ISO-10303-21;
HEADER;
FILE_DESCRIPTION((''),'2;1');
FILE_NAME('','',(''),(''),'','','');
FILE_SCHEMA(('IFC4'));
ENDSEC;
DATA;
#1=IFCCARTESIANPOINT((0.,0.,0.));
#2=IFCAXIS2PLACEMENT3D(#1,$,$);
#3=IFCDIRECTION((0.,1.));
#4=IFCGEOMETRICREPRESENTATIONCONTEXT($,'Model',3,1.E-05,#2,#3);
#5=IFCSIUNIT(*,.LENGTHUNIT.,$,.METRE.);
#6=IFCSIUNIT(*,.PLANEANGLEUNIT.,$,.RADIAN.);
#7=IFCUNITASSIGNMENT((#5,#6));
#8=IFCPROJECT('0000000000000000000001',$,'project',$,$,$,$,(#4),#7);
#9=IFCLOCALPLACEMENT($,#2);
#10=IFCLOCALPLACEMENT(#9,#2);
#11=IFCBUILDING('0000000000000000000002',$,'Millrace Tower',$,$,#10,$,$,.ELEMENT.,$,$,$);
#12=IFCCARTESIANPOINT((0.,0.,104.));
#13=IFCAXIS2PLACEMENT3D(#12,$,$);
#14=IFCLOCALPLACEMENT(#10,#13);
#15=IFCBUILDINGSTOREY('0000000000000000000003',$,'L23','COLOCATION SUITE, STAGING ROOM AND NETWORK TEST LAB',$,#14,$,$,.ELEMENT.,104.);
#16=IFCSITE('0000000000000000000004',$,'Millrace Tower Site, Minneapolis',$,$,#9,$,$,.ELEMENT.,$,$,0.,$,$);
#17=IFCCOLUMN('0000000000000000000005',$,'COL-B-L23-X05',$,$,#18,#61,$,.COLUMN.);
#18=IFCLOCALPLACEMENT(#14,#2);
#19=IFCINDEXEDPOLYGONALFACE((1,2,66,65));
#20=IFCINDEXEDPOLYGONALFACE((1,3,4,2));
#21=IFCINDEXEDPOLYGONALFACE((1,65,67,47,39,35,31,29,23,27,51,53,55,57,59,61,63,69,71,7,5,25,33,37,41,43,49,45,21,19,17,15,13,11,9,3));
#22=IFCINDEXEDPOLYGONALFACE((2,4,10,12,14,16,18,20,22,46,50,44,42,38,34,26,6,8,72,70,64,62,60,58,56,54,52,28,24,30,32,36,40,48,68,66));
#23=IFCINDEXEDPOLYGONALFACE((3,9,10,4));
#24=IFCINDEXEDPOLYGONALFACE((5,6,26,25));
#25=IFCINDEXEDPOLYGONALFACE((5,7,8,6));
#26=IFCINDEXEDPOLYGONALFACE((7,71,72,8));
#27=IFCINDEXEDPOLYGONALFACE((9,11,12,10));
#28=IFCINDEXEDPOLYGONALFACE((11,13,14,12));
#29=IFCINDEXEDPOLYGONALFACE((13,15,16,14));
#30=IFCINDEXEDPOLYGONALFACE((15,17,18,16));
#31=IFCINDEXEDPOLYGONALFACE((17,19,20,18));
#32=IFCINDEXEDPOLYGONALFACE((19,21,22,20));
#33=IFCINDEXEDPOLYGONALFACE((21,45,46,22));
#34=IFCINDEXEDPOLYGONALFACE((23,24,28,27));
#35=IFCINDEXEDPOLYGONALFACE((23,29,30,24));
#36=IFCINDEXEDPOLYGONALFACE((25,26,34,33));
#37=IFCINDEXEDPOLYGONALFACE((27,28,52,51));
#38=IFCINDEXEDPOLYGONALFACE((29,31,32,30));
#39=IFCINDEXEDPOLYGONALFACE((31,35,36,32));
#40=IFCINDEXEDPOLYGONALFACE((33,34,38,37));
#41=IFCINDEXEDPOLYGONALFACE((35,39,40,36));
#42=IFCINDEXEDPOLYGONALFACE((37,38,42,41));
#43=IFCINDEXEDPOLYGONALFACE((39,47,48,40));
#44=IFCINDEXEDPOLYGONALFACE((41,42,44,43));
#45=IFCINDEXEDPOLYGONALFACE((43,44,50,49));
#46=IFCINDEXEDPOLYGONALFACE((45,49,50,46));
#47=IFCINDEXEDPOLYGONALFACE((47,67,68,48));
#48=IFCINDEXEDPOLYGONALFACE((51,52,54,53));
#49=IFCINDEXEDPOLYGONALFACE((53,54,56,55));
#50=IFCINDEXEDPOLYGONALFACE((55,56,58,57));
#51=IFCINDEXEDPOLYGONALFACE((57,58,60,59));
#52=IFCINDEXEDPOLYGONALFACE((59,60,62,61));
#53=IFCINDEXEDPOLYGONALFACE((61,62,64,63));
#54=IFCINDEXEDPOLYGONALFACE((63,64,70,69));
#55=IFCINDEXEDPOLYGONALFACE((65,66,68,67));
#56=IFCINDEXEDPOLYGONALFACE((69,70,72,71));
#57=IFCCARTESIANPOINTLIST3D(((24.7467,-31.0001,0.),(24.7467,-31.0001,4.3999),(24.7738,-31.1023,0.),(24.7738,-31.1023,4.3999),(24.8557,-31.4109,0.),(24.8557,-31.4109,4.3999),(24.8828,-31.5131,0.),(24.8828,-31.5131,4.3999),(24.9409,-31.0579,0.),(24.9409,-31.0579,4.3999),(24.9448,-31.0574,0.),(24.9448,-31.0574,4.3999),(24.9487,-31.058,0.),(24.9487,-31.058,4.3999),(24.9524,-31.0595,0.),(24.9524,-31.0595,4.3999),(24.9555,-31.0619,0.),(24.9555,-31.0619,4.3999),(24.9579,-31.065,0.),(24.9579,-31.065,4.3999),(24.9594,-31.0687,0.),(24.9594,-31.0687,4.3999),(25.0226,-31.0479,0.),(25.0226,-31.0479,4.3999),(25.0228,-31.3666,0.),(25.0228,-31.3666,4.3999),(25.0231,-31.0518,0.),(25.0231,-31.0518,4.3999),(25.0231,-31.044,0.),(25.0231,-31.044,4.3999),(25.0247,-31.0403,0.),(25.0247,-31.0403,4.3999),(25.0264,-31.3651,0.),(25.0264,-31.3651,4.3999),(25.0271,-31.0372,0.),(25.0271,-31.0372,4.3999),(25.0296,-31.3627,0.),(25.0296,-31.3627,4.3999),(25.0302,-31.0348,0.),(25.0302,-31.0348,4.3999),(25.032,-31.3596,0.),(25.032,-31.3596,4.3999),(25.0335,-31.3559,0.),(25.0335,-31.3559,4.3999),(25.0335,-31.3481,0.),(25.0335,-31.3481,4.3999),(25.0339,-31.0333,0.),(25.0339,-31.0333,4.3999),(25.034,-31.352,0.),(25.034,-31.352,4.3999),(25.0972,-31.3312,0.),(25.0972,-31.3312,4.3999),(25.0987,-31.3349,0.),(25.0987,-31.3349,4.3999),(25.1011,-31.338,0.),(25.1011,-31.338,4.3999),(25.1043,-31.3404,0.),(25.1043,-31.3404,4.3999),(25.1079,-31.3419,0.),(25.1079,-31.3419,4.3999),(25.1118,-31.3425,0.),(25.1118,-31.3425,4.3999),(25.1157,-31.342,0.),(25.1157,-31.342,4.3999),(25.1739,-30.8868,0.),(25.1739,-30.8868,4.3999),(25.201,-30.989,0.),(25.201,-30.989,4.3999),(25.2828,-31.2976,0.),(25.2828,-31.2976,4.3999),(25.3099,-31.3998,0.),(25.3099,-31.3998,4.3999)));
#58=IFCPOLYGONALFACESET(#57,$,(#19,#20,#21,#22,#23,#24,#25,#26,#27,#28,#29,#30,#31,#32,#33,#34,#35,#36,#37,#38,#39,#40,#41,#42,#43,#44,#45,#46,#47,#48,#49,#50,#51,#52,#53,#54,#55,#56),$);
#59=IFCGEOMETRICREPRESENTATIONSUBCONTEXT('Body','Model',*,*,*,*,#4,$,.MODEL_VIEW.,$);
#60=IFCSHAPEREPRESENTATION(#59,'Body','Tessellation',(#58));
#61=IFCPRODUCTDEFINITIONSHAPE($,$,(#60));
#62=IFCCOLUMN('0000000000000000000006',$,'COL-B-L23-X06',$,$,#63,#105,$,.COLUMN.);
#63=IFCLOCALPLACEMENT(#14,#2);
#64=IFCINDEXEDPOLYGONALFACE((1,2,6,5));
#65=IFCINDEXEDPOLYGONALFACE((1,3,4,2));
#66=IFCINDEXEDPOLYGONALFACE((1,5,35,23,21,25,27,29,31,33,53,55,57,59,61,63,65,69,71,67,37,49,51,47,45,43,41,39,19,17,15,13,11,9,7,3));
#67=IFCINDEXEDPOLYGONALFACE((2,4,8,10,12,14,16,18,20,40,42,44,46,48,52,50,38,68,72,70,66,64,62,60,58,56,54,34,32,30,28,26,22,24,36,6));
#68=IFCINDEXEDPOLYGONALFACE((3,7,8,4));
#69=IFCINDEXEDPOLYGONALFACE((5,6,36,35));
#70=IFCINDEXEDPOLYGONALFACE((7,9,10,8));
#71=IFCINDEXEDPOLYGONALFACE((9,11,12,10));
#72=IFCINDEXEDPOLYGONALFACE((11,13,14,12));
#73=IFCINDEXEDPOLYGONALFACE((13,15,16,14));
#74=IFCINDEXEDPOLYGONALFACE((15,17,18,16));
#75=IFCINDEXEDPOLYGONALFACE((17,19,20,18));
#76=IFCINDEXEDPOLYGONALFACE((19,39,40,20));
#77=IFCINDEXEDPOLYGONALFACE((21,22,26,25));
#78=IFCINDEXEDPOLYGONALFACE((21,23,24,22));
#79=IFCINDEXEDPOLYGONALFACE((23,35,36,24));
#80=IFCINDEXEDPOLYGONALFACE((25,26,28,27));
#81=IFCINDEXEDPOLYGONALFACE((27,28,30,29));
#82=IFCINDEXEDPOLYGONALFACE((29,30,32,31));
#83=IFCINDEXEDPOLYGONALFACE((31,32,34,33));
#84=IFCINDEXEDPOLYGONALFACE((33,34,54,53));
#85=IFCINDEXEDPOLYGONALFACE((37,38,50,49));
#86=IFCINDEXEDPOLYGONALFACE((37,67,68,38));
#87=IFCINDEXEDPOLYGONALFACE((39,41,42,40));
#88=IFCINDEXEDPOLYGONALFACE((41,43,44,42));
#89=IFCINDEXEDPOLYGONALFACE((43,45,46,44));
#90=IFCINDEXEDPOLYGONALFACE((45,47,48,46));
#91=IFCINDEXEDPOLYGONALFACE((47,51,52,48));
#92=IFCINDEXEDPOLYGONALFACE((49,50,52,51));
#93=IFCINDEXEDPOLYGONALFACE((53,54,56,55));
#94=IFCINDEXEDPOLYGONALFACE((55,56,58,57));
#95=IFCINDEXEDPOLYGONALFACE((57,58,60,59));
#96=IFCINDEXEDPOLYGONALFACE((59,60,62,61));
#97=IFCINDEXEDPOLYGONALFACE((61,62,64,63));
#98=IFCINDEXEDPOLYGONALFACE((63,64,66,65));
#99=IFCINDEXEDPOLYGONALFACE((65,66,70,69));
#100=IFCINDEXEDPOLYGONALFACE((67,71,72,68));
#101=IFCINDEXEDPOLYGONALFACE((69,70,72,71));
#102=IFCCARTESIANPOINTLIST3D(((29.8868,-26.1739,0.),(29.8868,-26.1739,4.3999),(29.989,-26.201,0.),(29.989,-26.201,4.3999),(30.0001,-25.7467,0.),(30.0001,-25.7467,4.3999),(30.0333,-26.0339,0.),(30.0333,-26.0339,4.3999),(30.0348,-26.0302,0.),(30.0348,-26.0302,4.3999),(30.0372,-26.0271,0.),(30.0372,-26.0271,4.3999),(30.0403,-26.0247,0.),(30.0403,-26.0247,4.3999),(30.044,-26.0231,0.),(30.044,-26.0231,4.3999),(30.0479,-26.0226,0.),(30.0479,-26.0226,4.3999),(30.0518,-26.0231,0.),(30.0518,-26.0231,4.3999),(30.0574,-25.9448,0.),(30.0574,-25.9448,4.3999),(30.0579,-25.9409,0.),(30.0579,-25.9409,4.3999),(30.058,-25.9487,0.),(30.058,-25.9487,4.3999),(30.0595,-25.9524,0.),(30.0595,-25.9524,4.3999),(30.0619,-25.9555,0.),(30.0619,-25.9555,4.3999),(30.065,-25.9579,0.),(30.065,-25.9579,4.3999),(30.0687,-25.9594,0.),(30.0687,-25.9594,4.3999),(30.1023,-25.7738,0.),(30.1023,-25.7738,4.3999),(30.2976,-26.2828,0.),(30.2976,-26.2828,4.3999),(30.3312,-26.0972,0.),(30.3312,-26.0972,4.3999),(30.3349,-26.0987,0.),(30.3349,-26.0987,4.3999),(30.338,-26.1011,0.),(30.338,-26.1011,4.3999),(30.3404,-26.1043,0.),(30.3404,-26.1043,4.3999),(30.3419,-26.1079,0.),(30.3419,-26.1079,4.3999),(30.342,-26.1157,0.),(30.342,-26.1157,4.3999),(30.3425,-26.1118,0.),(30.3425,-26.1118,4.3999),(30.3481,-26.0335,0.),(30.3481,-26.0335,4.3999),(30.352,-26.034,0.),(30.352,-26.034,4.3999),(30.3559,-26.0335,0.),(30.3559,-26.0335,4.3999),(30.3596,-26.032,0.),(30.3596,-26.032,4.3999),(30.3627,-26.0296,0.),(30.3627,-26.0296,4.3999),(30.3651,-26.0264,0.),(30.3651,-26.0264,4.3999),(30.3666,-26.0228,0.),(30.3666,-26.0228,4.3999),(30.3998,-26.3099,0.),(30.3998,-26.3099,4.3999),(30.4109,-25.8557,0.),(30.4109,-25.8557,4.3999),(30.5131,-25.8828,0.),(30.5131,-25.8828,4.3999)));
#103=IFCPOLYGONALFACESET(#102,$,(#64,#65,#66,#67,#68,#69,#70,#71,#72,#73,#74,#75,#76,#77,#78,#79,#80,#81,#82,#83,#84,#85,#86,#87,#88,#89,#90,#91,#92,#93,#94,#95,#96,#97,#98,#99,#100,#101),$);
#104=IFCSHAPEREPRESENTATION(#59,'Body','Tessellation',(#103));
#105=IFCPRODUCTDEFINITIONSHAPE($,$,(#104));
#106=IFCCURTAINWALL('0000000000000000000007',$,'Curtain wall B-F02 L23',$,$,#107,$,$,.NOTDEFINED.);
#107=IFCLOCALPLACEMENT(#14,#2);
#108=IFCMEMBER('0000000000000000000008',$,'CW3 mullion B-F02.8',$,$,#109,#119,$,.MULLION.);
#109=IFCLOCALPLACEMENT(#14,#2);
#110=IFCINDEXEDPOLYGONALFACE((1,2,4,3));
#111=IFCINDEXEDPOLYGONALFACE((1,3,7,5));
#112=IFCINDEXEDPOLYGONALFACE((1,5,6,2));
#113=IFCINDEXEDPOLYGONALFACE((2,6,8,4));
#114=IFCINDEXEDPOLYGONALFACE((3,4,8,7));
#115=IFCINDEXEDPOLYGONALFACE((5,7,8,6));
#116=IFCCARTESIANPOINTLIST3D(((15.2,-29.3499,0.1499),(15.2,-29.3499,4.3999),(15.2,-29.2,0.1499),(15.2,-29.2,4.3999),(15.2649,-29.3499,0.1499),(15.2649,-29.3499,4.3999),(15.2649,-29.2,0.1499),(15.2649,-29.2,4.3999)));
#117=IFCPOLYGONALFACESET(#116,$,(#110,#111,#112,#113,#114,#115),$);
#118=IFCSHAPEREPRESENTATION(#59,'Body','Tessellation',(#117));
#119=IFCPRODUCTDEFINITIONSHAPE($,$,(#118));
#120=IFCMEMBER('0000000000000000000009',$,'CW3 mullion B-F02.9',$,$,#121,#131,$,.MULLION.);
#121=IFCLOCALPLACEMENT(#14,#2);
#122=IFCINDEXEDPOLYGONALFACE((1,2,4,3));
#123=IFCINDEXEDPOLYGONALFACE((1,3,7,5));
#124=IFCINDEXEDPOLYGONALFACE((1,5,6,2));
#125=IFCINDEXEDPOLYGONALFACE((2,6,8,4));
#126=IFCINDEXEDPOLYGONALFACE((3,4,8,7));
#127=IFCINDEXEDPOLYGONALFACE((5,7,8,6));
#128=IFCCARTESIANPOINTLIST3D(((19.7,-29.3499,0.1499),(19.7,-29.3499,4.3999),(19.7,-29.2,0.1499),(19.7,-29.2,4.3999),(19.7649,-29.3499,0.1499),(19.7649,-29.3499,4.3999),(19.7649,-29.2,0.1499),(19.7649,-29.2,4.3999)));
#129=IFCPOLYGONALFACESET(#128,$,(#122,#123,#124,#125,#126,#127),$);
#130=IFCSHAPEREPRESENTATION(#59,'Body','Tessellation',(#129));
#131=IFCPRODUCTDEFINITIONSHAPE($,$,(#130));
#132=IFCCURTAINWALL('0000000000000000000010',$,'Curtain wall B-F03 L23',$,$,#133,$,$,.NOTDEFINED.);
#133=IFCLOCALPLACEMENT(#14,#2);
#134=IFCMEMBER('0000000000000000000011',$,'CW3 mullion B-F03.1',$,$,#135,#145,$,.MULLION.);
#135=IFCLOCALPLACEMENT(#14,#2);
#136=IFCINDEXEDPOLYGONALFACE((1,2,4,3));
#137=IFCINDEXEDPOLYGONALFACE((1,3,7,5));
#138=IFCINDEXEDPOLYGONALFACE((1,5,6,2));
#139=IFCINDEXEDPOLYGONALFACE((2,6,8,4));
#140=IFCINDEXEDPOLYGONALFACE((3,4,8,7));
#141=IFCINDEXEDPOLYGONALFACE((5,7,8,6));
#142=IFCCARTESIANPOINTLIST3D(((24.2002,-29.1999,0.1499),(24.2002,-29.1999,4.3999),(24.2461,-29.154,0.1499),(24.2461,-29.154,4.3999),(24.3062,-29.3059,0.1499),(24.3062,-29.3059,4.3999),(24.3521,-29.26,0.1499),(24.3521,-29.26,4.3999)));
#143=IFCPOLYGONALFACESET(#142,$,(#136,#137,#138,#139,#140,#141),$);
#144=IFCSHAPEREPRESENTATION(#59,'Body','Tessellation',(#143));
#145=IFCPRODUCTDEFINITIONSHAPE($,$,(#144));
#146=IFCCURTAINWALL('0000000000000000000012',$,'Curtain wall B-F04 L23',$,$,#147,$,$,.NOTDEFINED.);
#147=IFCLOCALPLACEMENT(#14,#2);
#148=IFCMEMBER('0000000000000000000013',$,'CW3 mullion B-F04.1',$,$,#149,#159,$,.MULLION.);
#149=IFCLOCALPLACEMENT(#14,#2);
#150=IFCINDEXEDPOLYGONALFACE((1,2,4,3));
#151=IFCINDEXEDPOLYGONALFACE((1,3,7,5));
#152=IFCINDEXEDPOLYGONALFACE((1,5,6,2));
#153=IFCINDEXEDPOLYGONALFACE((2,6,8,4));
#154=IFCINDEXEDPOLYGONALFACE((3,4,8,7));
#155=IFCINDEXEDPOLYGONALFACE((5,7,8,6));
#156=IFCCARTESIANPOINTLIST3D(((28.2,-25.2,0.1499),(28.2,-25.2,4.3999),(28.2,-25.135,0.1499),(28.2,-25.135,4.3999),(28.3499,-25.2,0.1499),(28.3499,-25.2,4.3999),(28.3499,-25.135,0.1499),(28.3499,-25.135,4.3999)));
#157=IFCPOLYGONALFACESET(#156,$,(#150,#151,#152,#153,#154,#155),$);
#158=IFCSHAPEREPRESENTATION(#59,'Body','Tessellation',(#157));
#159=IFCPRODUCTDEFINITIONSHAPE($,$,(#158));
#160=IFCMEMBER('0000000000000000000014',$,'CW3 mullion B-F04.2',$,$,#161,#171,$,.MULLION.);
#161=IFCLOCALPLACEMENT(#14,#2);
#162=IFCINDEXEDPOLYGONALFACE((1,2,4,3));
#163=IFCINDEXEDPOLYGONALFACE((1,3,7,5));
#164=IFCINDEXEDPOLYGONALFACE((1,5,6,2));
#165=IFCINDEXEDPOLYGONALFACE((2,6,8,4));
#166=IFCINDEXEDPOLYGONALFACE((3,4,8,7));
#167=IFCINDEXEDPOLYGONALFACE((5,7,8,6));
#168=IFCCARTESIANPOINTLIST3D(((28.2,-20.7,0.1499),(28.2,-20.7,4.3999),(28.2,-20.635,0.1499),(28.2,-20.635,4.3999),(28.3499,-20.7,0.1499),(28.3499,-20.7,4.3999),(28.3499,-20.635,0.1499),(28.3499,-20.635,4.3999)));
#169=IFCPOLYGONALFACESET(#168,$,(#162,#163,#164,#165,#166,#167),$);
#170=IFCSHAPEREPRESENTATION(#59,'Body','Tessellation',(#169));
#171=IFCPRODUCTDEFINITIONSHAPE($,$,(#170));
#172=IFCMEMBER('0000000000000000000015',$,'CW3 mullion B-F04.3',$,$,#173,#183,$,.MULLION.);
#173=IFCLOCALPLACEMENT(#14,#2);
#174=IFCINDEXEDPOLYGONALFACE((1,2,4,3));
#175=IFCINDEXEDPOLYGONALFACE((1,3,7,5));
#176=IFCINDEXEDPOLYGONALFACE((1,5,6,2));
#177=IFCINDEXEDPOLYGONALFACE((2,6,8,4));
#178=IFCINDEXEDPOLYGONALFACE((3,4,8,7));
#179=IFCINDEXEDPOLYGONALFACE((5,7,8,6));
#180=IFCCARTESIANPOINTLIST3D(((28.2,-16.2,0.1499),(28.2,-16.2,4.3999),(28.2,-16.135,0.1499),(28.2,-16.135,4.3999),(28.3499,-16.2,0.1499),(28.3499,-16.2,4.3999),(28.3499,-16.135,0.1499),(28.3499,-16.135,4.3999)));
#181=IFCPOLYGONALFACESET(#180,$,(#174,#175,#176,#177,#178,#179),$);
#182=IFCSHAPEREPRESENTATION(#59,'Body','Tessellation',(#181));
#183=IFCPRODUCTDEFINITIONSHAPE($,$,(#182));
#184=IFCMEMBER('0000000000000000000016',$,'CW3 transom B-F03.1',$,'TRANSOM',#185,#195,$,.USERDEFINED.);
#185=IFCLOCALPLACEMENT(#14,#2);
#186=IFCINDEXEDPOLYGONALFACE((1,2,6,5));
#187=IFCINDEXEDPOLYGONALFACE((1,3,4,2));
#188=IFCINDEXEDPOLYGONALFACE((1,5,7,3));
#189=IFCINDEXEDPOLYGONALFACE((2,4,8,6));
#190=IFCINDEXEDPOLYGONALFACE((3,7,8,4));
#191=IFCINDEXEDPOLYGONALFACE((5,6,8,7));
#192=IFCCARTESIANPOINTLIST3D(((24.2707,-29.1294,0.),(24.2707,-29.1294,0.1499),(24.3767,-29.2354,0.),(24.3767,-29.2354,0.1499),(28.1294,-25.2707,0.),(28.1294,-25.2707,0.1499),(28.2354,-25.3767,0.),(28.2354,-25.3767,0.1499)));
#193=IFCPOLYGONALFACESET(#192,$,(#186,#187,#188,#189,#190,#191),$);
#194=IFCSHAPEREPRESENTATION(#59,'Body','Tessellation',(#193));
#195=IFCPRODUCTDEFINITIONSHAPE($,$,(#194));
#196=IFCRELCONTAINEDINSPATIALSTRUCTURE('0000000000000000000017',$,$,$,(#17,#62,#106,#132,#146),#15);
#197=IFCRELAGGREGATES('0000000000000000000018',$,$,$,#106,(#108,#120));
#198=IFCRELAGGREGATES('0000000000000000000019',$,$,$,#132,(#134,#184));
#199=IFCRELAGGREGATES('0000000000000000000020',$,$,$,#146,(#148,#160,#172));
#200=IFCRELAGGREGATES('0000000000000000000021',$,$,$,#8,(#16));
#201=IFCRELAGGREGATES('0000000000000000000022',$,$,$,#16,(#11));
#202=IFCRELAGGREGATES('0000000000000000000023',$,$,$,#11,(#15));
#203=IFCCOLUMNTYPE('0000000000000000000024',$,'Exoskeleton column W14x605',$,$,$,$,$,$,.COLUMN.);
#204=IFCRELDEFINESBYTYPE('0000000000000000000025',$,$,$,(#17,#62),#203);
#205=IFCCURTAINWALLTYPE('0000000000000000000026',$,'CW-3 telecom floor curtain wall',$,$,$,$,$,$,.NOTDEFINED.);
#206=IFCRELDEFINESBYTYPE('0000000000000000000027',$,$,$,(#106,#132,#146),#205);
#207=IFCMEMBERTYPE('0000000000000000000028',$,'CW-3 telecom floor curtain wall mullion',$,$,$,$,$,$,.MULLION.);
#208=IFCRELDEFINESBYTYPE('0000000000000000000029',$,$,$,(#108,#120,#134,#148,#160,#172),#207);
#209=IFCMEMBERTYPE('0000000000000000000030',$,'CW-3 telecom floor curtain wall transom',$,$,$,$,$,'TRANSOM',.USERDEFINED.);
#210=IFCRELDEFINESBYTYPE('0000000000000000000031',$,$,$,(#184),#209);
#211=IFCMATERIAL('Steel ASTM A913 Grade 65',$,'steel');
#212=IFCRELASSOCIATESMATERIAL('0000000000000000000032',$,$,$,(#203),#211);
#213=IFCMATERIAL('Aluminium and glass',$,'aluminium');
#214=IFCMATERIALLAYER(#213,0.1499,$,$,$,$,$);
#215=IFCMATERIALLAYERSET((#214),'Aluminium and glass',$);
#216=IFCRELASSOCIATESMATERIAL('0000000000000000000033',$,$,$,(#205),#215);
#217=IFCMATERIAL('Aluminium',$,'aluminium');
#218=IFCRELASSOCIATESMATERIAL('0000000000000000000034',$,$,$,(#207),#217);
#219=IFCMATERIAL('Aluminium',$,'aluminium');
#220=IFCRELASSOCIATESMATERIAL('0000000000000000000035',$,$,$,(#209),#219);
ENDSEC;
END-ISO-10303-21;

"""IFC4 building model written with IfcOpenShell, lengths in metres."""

from ifc_helpers import new_model, si_unit, direction, frame, origin, origin_2d, place, context, subcontext, project, spatial, rectangle, i_section, extrude, material, layer, layer_set, material_profile, profile_set, type_object, element, aggregate, save


model = new_model("IFC4")

# Units and contexts
model_context = context("Model", 3, precision=1e-05, world=origin(), true_north=direction((0.0, 1.0)))
body_context = subcontext(model_context, "Body", "Model", "MODEL_VIEW")
ifc_project = project(units=[si_unit("LENGTHUNIT", "METRE"), si_unit("PLANEANGLEUNIT", "RADIAN")], contexts=[model_context])

# Site, building, storey
site_placement = place(None, origin())
site = spatial("IfcSite", under=ifc_project, at=site_placement, Name="Millrace Tower Site, Minneapolis", CompositionType="ELEMENT", RefElevation=0.0)
building_placement = place(site_placement, origin())
building = spatial("IfcBuilding", under=site, at=building_placement, Name="Millrace Tower", CompositionType="ELEMENT")
storey_placement = place(building_placement, frame((0.0, 0.0, 104.0)))
storey = spatial("IfcBuildingStorey", under=building, at=storey_placement, Name="L23", Description="COLOCATION SUITE, STAGING ROOM AND NETWORK TEST LAB", CompositionType="ELEMENT", Elevation=104.0)

# Columns
ifc_material_1 = material(Name="Steel ASTM A913 Grade 65", Category="steel")
ifc_material_profile_1 = material_profile(ifc_material_1, i_section(OverallWidth=0.4419, OverallDepth=0.5308, WebThickness=0.0659, FlangeThickness=0.1057, FilletRadius=0.0151, at=origin_2d()))
ifc_profile_set_1 = profile_set([ifc_material_profile_1], Name="Steel ASTM A913 Grade 65")
column_type = type_object("IfcColumnType", Name="Exoskeleton column W14x605", PredefinedType="COLUMN", material=ifc_profile_set_1)
for number, where, z_axis, x_axis, name in (
    (1, (25.0283, -31.2, 0.0), (0.0, 0.0, 1.0), (0.966585, 0.256347, 0.0), "COL-B-L23-X05"),
    (2, (30.2, -26.0283, 0.0), (0.0, 0.0, 1.0), (0.256347, 0.966585, 0.0), "COL-B-L23-X06"),
):
    element("IfcColumn", number, at=place(storey_placement, frame(where, z_axis=z_axis, x_axis=x_axis)), inside=storey, type_object=column_type, Name=name, PredefinedType="COLUMN", context=body_context, shape_type="SweptSolid", body=[
        extrude(i_section(OverallWidth=0.4419, OverallDepth=0.5308, WebThickness=0.0659, FlangeThickness=0.1057, FilletRadius=0.0151, at=origin_2d()), origin(), (0.0, 0.0, 1.0), 4.3999),
    ])

# Curtain wall, members
ifc_material_2 = material(Name="Aluminium and glass", Category="aluminium")
ifc_layer_1 = layer(ifc_material_2, 0.1499)
ifc_layer_set_1 = layer_set([ifc_layer_1], Name="Aluminium and glass")
curtain_wall_type = type_object("IfcCurtainWallType", Name="CW-3 telecom floor curtain wall", PredefinedType="NOTDEFINED", material=ifc_layer_set_1)
placement = place(storey_placement, origin())
curtain_wall_1 = element("IfcCurtainWall", 3, at=placement, inside=storey, type_object=curtain_wall_type, Name="Curtain wall B-F02 L23", PredefinedType="NOTDEFINED")
ifc_material_3 = material(Name="Aluminium", Category="aluminium")
ifc_material_profile_2 = material_profile(ifc_material_3, rectangle(XDim=0.0649, YDim=0.1499, at=origin_2d()))
ifc_profile_set_2 = profile_set([ifc_material_profile_2], Name="Aluminium")
member_type_1 = type_object("IfcMemberType", Name="CW-3 telecom floor curtain wall mullion", PredefinedType="MULLION", material=ifc_profile_set_2)
member_1_placement = place(storey_placement, frame((15.2324, -29.2749, 0.1499), z_axis=(0.0, 0.0, 1.0), x_axis=(1.0, 0.0, 0.0)))
member_1 = element("IfcMember", 4, at=member_1_placement, type_object=member_type_1, Name="CW3 mullion B-F02.8", PredefinedType="MULLION", context=body_context, shape_type="SweptSolid", body=[
    extrude(rectangle(XDim=0.0649, YDim=0.1499, at=origin_2d()), origin(), (0.0, 0.0, 1.0), 4.25),
])
member_2_placement = place(storey_placement, frame((19.7324, -29.2749, 0.1499), z_axis=(0.0, 0.0, 1.0), x_axis=(1.0, 0.0, 0.0)))
member_2 = element("IfcMember", 5, at=member_2_placement, type_object=member_type_1, Name="CW3 mullion B-F02.9", PredefinedType="MULLION", context=body_context, shape_type="SweptSolid", body=[
    extrude(rectangle(XDim=0.0649, YDim=0.1499, at=origin_2d()), origin(), (0.0, 0.0, 1.0), 4.25),
])
aggregate(curtain_wall_1, [member_1, member_2])

# Curtain wall, member
curtain_wall_2 = element("IfcCurtainWall", 6, at=placement, inside=storey, type_object=curtain_wall_type, Name="Curtain wall B-F03 L23", PredefinedType="NOTDEFINED")
member_3_placement = place(storey_placement, frame((24.2761, -29.23, 0.1499), z_axis=(0.0, 0.0, 1.0), x_axis=(0.707107, 0.707107, 0.0)))
member_3 = element("IfcMember", 7, at=member_3_placement, type_object=member_type_1, Name="CW3 mullion B-F03.1", PredefinedType="MULLION", context=body_context, shape_type="SweptSolid", body=[
    extrude(rectangle(XDim=0.0649, YDim=0.1499, at=origin_2d()), origin(), (0.0, 0.0, 1.0), 4.25),
])

# Curtain wall, members
curtain_wall_3 = element("IfcCurtainWall", 8, at=placement, inside=storey, type_object=curtain_wall_type, Name="Curtain wall B-F04 L23", PredefinedType="NOTDEFINED")
member_4_placement = place(storey_placement, frame((28.2749, -25.1675, 0.1499), z_axis=(0.0, 0.0, 1.0), x_axis=(0.0, 1.0, 0.0)))
member_4 = element("IfcMember", 9, at=member_4_placement, type_object=member_type_1, Name="CW3 mullion B-F04.1", PredefinedType="MULLION", context=body_context, shape_type="SweptSolid", body=[
    extrude(rectangle(XDim=0.0649, YDim=0.1499, at=origin_2d()), origin(), (0.0, 0.0, 1.0), 4.25),
])
member_5_placement = place(storey_placement, frame((28.2749, -20.6675, 0.1499), z_axis=(0.0, 0.0, 1.0), x_axis=(0.0, 1.0, 0.0)))
member_5 = element("IfcMember", 10, at=member_5_placement, type_object=member_type_1, Name="CW3 mullion B-F04.2", PredefinedType="MULLION", context=body_context, shape_type="SweptSolid", body=[
    extrude(rectangle(XDim=0.0649, YDim=0.1499, at=origin_2d()), origin(), (0.0, 0.0, 1.0), 4.25),
])
member_6_placement = place(storey_placement, frame((28.2749, -16.1675, 0.1499), z_axis=(0.0, 0.0, 1.0), x_axis=(0.0, 1.0, 0.0)))
member_6 = element("IfcMember", 11, at=member_6_placement, type_object=member_type_1, Name="CW3 mullion B-F04.3", PredefinedType="MULLION", context=body_context, shape_type="SweptSolid", body=[
    extrude(rectangle(XDim=0.0649, YDim=0.1499, at=origin_2d()), origin(), (0.0, 0.0, 1.0), 4.25),
])

# Member
ifc_material_4 = material(Name="Aluminium", Category="aluminium")
ifc_material_profile_3 = material_profile(ifc_material_4, rectangle(XDim=0.1499, YDim=0.1499, at=origin_2d()))
ifc_profile_set_3 = profile_set([ifc_material_profile_3], Name="Aluminium")
member_type_2 = type_object("IfcMemberType", Name="CW-3 telecom floor curtain wall transom", ElementType="TRANSOM", PredefinedType="USERDEFINED", material=ifc_profile_set_3)
member_7_placement = place(storey_placement, frame((24.3237, -29.1824, 0.075), z_axis=(0.707107, 0.707107, 0.0), x_axis=(-0.707107, 0.707107, 0.0)))
member_7 = element("IfcMember", 12, at=member_7_placement, type_object=member_type_2, Name="CW3 transom B-F03.1", ObjectType="TRANSOM", PredefinedType="USERDEFINED", context=body_context, shape_type="SweptSolid", body=[
    extrude(rectangle(XDim=0.1499, YDim=0.1499, at=origin_2d()), origin(), (0.0, 0.0, 1.0), 5.457),
])
aggregate(curtain_wall_2, [member_3, member_7])
aggregate(curtain_wall_3, [member_4, member_5, member_6])

save(model, "model.ifc")
